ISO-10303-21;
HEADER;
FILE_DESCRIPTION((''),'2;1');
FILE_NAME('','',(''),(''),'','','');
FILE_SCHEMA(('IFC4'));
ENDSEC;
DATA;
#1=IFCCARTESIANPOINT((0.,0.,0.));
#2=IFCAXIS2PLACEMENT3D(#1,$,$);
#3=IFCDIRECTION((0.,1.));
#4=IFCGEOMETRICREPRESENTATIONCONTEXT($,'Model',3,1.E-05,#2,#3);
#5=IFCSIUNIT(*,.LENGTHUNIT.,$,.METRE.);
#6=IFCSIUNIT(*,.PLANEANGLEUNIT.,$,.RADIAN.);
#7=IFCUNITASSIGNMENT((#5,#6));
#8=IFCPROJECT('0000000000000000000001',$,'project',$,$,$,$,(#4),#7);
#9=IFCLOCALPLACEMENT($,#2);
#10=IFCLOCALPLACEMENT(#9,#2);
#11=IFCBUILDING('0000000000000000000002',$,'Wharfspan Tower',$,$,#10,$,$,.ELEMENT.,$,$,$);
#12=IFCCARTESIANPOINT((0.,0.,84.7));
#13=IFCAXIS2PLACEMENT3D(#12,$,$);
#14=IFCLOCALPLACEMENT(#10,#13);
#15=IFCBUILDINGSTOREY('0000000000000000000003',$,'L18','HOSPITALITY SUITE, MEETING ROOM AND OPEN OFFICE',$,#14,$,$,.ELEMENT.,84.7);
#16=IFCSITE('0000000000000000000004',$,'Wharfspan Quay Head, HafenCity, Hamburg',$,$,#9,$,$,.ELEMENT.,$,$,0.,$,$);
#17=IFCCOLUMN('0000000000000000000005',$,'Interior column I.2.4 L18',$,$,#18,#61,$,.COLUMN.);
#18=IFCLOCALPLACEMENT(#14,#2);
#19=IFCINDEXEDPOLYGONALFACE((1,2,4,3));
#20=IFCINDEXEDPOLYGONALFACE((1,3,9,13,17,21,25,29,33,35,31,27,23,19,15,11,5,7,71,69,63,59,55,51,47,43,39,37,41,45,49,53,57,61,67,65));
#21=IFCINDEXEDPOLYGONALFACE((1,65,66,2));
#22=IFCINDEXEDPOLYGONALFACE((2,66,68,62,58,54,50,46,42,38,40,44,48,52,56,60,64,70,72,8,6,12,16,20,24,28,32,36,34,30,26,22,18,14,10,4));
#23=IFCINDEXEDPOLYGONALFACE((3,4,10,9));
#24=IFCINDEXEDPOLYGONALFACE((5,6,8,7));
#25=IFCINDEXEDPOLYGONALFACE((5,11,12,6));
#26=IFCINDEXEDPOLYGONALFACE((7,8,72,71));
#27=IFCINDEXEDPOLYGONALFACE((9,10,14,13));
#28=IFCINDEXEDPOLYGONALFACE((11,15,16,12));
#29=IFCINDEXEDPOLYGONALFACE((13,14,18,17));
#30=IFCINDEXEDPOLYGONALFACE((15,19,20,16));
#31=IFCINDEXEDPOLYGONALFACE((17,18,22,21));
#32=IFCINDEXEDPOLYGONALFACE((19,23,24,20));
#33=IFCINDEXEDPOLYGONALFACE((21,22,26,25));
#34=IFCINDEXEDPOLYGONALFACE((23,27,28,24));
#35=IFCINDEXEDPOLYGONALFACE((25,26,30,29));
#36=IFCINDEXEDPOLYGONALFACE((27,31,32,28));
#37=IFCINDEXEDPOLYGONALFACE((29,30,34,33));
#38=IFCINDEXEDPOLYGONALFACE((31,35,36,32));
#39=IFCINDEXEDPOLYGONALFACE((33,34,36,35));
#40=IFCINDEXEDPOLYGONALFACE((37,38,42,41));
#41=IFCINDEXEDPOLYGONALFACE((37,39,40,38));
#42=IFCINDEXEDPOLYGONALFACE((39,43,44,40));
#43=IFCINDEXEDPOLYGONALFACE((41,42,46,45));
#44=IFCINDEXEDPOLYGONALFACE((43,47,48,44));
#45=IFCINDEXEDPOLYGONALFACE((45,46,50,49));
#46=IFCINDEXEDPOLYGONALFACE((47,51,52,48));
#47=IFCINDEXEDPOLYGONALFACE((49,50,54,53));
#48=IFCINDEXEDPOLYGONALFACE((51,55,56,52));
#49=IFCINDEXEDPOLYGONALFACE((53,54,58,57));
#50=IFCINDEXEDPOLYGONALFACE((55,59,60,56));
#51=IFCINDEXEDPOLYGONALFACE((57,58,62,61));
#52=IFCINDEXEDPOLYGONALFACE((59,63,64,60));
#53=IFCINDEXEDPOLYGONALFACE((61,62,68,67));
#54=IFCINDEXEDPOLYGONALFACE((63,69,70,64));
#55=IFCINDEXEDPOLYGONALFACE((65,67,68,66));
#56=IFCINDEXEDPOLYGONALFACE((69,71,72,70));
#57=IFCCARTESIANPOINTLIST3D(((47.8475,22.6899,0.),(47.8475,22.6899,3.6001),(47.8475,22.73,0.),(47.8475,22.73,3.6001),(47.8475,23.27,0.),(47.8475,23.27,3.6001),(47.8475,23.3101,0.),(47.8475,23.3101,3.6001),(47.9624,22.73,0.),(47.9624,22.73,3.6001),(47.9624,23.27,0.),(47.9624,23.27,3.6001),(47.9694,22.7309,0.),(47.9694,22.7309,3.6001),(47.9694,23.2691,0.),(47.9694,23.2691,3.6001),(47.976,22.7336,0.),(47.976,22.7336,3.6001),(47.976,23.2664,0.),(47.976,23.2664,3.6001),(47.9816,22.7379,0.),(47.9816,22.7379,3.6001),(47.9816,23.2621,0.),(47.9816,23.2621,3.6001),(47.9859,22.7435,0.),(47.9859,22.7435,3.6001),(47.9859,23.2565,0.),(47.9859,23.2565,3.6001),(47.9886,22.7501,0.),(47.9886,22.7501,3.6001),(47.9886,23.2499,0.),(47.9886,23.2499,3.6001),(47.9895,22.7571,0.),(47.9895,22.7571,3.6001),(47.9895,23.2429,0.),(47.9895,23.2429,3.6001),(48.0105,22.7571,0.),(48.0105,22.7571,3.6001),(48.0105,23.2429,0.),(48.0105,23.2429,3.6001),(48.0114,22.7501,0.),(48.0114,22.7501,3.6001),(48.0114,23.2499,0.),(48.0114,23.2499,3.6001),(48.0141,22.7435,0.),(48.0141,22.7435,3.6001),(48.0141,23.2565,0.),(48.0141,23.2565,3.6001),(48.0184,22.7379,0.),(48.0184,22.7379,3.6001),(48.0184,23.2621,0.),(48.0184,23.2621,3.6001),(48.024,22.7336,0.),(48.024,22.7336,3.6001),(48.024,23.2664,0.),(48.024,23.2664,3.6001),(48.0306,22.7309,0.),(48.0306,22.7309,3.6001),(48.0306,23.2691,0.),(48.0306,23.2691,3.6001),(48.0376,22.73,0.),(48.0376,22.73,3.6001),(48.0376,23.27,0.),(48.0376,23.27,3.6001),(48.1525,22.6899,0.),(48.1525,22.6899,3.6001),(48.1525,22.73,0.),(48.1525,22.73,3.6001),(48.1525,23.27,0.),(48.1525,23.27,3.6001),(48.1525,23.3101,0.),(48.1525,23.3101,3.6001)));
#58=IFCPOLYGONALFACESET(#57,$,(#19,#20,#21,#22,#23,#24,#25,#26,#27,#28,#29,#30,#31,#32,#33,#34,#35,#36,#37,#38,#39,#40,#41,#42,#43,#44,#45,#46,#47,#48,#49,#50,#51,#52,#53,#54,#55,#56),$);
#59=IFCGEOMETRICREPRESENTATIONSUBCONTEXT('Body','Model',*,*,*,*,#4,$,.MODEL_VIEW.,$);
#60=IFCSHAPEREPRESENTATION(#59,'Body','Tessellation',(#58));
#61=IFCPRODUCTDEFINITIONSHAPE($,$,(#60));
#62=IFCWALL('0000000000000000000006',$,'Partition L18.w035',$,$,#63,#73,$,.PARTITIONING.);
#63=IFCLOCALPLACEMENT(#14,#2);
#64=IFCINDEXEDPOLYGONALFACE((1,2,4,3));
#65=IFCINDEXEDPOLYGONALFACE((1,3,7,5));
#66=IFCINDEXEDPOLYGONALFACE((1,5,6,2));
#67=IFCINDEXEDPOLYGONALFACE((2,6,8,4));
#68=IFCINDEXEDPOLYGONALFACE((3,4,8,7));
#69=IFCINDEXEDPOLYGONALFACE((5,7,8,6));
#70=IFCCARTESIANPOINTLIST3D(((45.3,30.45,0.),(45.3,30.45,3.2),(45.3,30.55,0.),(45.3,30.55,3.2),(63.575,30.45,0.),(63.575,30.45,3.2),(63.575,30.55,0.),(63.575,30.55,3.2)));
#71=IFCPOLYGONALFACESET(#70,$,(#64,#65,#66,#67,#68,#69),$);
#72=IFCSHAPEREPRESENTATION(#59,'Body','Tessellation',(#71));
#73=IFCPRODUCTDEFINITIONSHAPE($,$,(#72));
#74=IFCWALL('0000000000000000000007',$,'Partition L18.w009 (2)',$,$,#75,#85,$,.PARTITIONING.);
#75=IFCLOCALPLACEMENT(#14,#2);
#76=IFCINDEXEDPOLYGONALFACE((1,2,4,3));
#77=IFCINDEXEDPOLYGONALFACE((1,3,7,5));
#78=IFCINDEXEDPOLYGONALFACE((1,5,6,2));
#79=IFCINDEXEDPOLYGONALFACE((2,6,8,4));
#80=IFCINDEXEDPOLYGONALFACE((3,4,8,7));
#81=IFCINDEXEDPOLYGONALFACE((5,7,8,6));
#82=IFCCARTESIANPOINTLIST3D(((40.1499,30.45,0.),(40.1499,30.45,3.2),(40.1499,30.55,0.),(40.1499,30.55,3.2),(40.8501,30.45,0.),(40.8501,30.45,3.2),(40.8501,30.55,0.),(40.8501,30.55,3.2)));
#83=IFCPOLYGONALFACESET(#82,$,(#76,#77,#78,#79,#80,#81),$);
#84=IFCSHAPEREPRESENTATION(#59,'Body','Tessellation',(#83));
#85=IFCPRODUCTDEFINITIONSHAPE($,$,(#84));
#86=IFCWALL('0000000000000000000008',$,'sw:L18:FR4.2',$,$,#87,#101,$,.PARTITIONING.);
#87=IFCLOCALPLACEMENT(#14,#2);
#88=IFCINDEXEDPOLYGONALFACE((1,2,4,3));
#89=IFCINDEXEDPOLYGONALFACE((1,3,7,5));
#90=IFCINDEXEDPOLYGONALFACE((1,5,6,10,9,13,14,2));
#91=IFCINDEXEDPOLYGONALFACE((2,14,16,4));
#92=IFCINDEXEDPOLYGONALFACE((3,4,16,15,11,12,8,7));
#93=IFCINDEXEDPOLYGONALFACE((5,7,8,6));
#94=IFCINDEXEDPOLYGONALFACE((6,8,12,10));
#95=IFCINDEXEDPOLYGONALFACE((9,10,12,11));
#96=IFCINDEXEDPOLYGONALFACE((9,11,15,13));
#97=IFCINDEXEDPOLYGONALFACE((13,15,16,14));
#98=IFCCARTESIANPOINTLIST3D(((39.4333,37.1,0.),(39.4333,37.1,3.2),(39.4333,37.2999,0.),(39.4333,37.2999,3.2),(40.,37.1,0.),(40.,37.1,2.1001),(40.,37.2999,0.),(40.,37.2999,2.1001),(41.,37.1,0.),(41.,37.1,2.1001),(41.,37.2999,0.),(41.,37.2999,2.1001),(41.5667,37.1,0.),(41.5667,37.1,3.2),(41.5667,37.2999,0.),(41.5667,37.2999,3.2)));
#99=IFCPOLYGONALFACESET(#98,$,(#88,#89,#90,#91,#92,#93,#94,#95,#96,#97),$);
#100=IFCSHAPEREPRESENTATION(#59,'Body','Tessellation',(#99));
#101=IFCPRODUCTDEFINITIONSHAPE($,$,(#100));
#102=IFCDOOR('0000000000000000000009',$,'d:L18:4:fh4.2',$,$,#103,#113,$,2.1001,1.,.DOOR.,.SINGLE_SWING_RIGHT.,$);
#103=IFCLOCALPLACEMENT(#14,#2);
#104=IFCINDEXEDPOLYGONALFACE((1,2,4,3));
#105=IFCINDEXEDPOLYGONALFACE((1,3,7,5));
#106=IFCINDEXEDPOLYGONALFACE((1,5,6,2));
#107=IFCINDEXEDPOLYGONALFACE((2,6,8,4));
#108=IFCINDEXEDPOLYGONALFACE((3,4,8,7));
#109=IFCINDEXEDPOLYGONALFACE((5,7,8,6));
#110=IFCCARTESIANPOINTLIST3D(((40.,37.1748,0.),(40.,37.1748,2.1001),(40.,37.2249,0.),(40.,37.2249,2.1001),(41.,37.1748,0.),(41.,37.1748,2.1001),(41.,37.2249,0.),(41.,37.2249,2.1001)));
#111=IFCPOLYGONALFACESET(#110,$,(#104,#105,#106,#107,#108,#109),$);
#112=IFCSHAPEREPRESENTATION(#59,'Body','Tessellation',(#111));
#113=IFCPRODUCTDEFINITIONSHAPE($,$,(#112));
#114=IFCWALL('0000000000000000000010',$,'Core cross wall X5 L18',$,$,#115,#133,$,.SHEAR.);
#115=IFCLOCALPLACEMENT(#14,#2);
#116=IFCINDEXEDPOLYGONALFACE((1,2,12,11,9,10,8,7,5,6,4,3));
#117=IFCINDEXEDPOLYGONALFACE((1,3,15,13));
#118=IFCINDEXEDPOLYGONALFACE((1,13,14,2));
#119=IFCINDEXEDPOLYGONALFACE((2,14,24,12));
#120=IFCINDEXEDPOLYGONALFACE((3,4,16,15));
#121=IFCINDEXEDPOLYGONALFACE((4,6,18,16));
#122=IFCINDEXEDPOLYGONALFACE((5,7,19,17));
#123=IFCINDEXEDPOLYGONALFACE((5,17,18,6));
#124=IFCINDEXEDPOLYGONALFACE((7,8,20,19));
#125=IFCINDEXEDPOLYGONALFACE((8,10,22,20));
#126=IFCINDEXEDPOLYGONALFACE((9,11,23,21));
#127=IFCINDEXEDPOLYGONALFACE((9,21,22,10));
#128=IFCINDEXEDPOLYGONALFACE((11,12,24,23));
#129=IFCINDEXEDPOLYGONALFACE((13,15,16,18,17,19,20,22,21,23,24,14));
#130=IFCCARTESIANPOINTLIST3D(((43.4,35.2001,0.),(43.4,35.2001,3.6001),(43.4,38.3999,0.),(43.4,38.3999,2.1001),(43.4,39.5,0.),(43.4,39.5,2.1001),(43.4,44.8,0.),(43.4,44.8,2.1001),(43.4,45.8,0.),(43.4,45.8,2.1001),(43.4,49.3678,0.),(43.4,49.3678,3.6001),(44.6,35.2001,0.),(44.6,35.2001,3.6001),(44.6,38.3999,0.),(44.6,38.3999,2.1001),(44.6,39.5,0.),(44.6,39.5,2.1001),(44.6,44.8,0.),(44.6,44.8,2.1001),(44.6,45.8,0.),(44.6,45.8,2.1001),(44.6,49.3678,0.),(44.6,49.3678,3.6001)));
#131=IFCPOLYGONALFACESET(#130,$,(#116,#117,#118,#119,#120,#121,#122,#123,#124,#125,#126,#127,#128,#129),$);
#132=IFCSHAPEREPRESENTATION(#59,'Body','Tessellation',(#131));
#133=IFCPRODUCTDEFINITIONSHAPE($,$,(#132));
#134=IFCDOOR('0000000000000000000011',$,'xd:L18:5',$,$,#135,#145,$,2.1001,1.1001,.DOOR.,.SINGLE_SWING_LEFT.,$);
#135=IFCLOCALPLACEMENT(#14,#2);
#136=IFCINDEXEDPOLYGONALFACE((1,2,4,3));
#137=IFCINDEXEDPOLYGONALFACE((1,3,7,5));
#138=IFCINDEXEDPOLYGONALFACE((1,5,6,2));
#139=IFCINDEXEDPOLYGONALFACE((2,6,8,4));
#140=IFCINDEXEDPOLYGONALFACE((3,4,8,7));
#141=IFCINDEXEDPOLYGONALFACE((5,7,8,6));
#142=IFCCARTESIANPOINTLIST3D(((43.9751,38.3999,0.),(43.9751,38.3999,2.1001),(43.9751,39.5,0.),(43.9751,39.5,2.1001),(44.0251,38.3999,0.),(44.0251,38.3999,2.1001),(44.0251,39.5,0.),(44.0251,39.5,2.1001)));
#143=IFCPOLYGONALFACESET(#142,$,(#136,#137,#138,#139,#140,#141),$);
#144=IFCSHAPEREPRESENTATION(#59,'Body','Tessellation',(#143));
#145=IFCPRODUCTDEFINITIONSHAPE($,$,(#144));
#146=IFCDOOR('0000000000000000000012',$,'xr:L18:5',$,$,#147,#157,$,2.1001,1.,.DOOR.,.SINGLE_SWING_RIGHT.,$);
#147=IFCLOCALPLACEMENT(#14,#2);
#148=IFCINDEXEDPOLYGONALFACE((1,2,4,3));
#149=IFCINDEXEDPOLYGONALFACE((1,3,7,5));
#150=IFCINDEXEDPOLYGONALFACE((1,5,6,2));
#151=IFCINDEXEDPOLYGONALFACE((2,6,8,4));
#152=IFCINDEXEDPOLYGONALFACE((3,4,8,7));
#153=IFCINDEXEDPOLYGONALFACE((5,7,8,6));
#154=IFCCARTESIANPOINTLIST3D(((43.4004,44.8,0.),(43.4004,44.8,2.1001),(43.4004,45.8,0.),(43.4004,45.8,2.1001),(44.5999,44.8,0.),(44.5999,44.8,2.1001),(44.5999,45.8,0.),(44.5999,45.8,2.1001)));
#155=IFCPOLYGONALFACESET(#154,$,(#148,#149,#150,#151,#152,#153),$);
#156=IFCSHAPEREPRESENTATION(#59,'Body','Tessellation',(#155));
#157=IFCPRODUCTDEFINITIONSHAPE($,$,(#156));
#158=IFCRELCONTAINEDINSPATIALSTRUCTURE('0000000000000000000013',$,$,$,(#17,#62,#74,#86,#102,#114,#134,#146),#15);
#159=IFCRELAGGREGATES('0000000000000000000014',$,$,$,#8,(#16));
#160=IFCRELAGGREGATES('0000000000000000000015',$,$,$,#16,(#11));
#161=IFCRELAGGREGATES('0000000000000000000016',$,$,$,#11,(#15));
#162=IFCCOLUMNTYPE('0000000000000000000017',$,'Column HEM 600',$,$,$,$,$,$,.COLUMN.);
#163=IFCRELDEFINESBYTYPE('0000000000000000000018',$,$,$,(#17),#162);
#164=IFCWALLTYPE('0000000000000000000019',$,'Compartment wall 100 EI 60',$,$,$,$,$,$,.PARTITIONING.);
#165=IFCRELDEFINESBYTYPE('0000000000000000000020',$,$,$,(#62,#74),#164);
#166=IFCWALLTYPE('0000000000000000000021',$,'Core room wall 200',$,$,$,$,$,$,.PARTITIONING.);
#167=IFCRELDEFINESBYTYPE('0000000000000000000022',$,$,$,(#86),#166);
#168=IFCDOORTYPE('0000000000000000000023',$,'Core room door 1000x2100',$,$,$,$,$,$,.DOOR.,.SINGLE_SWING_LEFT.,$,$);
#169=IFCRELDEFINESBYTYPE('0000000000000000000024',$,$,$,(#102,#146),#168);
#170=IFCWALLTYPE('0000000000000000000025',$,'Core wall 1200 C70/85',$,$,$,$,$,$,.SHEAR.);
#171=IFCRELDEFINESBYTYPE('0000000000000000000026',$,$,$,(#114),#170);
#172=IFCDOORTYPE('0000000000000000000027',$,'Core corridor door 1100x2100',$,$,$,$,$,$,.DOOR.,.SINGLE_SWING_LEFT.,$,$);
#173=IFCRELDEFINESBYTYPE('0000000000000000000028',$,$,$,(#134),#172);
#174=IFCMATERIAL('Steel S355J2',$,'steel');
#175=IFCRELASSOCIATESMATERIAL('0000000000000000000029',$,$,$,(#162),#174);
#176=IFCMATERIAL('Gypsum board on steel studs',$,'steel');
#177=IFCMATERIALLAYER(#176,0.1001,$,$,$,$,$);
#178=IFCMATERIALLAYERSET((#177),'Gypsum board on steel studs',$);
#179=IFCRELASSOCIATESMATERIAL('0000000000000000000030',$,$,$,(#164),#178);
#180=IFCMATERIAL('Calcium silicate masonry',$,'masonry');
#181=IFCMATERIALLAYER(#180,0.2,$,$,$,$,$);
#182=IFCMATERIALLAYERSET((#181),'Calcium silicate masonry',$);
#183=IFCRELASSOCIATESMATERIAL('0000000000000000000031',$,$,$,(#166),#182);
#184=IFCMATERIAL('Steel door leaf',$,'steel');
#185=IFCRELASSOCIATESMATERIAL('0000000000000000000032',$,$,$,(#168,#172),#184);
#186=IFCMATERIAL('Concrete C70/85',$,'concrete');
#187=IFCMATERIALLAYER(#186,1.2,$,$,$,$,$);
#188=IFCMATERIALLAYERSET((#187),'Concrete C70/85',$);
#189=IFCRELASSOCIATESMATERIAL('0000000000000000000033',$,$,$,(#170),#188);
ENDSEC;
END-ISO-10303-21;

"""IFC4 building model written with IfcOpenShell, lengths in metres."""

from ifc_helpers import new_model, si_unit, direction, frame, frame_2d, origin, origin_2d, place, context, subcontext, project, spatial, rectangle, i_section, extrude, material, layer, layer_set, material_profile, profile_set, type_object, element, fill, save


model = new_model("IFC4")

# Units and contexts
model_context = context("Model", 3, precision=1e-05, world=origin(), true_north=direction((0.0, 1.0)))
body_context = subcontext(model_context, "Body", "Model", "MODEL_VIEW")
ifc_project = project(units=[si_unit("LENGTHUNIT", "METRE"), si_unit("PLANEANGLEUNIT", "RADIAN")], contexts=[model_context])

# Site, building, storey
site_placement = place(None, origin())
site = spatial("IfcSite", under=ifc_project, at=site_placement, Name="Wharfspan Quay Head, HafenCity, Hamburg", CompositionType="ELEMENT", RefElevation=0.0)
building_placement = place(site_placement, origin())
building = spatial("IfcBuilding", under=site, at=building_placement, Name="Wharfspan Tower", CompositionType="ELEMENT")
storey_placement = place(building_placement, frame((0.0, 0.0, 84.7)))
storey = spatial("IfcBuildingStorey", under=building, at=storey_placement, Name="L18", Description="HOSPITALITY SUITE, MEETING ROOM AND OPEN OFFICE", CompositionType="ELEMENT", Elevation=84.7)

# Column
ifc_material_1 = material(Name="Steel S355J2", Category="steel")
ifc_material_profile = material_profile(ifc_material_1, i_section(OverallWidth=0.3049, OverallDepth=0.6201, WebThickness=0.021, FlangeThickness=0.04, FilletRadius=0.0271, at=origin_2d()))
ifc_profile_set = profile_set([ifc_material_profile], Name="Steel S355J2")
column_type = type_object("IfcColumnType", Name="Column HEM 600", PredefinedType="COLUMN", material=ifc_profile_set)
column_placement = place(storey_placement, frame((48.0, 23.0, 0.0), z_axis=(0.0, 0.0, 1.0), x_axis=(1.0, 0.0, 0.0)))
element("IfcColumn", 1, at=column_placement, inside=storey, type_object=column_type, Name="Interior column I.2.4 L18", PredefinedType="COLUMN", context=body_context, shape_type="SweptSolid", body=[
    extrude(i_section(OverallWidth=0.3049, OverallDepth=0.6201, WebThickness=0.021, FlangeThickness=0.04, FilletRadius=0.0271, at=origin_2d()), origin(), (0.0, 0.0, 1.0), 3.6001),
])

# Walls
ifc_material_2 = material(Name="Gypsum board on steel studs", Category="steel")
ifc_layer_1 = layer(ifc_material_2, 0.1001)
ifc_layer_set_1 = layer_set([ifc_layer_1], Name="Gypsum board on steel studs")
wall_type_1 = type_object("IfcWallType", Name="Compartment wall 100 EI 60", PredefinedType="PARTITIONING", material=ifc_layer_set_1)
wall_1_placement = place(storey_placement, frame((45.3, 30.5, 0.0), z_axis=(0.0, 0.0, 1.0), x_axis=(1.0, 0.0, 0.0)))
element("IfcWall", 2, at=wall_1_placement, inside=storey, type_object=wall_type_1, Name="Partition L18.w035", PredefinedType="PARTITIONING", context=body_context, shape_type="SweptSolid", body=[
    extrude(rectangle(XDim=18.2749, YDim=0.1001, at=frame_2d((9.1375, 0.0))), origin(), (0.0, 0.0, 1.0), 3.2),
])
wall_2_placement = place(storey_placement, frame((40.1499, 30.5, 0.0), z_axis=(0.0, 0.0, 1.0), x_axis=(1.0, 0.0, 0.0)))
element("IfcWall", 3, at=wall_2_placement, inside=storey, type_object=wall_type_1, Name="Partition L18.w009 (2)", PredefinedType="PARTITIONING", context=body_context, shape_type="SweptSolid", body=[
    extrude(rectangle(XDim=0.7002, YDim=0.1001, at=frame_2d((0.3501, 0.0))), origin(), (0.0, 0.0, 1.0), 3.2),
])

# Wall, opening, door
ifc_material_3 = material(Name="Calcium silicate masonry", Category="masonry")
ifc_layer_2 = layer(ifc_material_3, 0.2)
ifc_layer_set_2 = layer_set([ifc_layer_2], Name="Calcium silicate masonry")
wall_type_2 = type_object("IfcWallType", Name="Core room wall 200", PredefinedType="PARTITIONING", material=ifc_layer_set_2)
wall_3_placement = place(storey_placement, frame((39.4333, 37.2, 0.0), z_axis=(0.0, 0.0, 1.0), x_axis=(1.0, 0.0, 0.0)))
wall_3 = element("IfcWall", 4, at=wall_3_placement, inside=storey, type_object=wall_type_2, Name="sw:L18:FR4.2", PredefinedType="PARTITIONING", context=body_context, shape_type="SweptSolid", body=[
    extrude(rectangle(XDim=2.1333, YDim=0.2, at=frame_2d((1.0667, 0.0))), origin(), (0.0, 0.0, 1.0), 3.2),
])
opening_1_placement = place(wall_3_placement, frame((0.5666, 0.0, 0.0)))
opening_1 = element("IfcOpeningElement", 5, at=opening_1_placement, cuts=wall_3, PredefinedType="OPENING", context=body_context, shape_type="SweptSolid", body=[
    extrude(rectangle(XDim=1.0, YDim=2.1001, at=frame_2d((0.5, 1.05))), frame((0.0, 0.1099, 0.0), z_axis=(0.0, -1.0, 0.0), x_axis=(1.0, 0.0, 0.0)), (0.0, 0.0, 1.0), 0.22),
])
ifc_material_4 = material(Name="Steel door leaf", Category="steel")
door_type_1 = type_object("IfcDoorType", Name="Core room door 1000x2100", OperationType="SINGLE_SWING_LEFT", PredefinedType="DOOR", material=ifc_material_4)
door_1_placement = place(opening_1_placement, origin())
door_1 = element("IfcDoor", 6, at=door_1_placement, inside=storey, type_object=door_type_1, Name="d:L18:4:fh4.2", OperationType="SINGLE_SWING_RIGHT", OverallHeight=2.1001, OverallWidth=1.0, PredefinedType="DOOR", context=body_context, shape_type="SweptSolid", body=[
    extrude(rectangle(XDim=1.0, YDim=2.1001, at=frame_2d((0.5, 1.05))), frame((0.0, 0.0249, 0.0), z_axis=(0.0, -1.0, 0.0), x_axis=(1.0, 0.0, 0.0)), (0.0, 0.0, 1.0), 0.05),
])
fill(opening_1, door_1)

# Wall, openings, doors
ifc_material_5 = material(Name="Concrete C70/85", Category="concrete")
ifc_layer_3 = layer(ifc_material_5, 1.2)
ifc_layer_set_3 = layer_set([ifc_layer_3], Name="Concrete C70/85")
wall_type_3 = type_object("IfcWallType", Name="Core wall 1200 C70/85", PredefinedType="SHEAR", material=ifc_layer_set_3)
wall_4_placement = place(storey_placement, frame((44.0, 35.2, 0.0), z_axis=(0.0, 0.0, 1.0), x_axis=(0.0, 1.0, 0.0)))
wall_4 = element("IfcWall", 7, at=wall_4_placement, inside=storey, type_object=wall_type_3, Name="Core cross wall X5 L18", PredefinedType="SHEAR", context=body_context, shape_type="SweptSolid", body=[
    extrude(rectangle(XDim=14.1677, YDim=1.2, at=frame_2d((7.084, 0.0))), origin(), (0.0, 0.0, 1.0), 3.6001),
])
opening_2_placement = place(wall_4_placement, frame((3.2, 0.0, 0.0)))
opening_2 = element("IfcOpeningElement", 8, at=opening_2_placement, cuts=wall_4, PredefinedType="OPENING", context=body_context, shape_type="SweptSolid", body=[
    extrude(rectangle(XDim=1.1001, YDim=2.1001, at=frame_2d((0.55, 1.05))), frame((0.0, 0.6099, 0.0), z_axis=(0.0, -1.0, 0.0), x_axis=(1.0, 0.0, 0.0)), (0.0, 0.0, 1.0), 1.22),
])
opening_3_placement = place(wall_4_placement, frame((9.6001, 0.0, 0.0)))
opening_3 = element("IfcOpeningElement", 9, at=opening_3_placement, cuts=wall_4, PredefinedType="OPENING", context=body_context, shape_type="SweptSolid", body=[
    extrude(rectangle(XDim=1.0, YDim=2.1001, at=frame_2d((0.5, 1.05))), frame((0.0, 0.6099, 0.0), z_axis=(0.0, -1.0, 0.0), x_axis=(1.0, 0.0, 0.0)), (0.0, 0.0, 1.0), 1.22),
])
door_type_2 = type_object("IfcDoorType", Name="Core corridor door 1100x2100", OperationType="SINGLE_SWING_LEFT", PredefinedType="DOOR", material=ifc_material_4)
door_2_placement = place(opening_2_placement, origin())
door_2 = element("IfcDoor", 10, at=door_2_placement, inside=storey, type_object=door_type_2, Name="xd:L18:5", OperationType="SINGLE_SWING_LEFT", OverallHeight=2.1001, OverallWidth=1.1001, PredefinedType="DOOR", context=body_context, shape_type="SweptSolid", body=[
    extrude(rectangle(XDim=1.1001, YDim=2.1001, at=frame_2d((0.55, 1.05))), frame((0.0, 0.0249, 0.0), z_axis=(0.0, -1.0, 0.0), x_axis=(1.0, 0.0, 0.0)), (0.0, 0.0, 1.0), 0.05),
])
fill(opening_2, door_2)
door_3_placement = place(opening_3_placement, origin())
door_3 = element("IfcDoor", 11, at=door_3_placement, inside=storey, type_object=door_type_1, Name="xr:L18:5", OperationType="SINGLE_SWING_RIGHT", OverallHeight=2.1001, OverallWidth=1.0, PredefinedType="DOOR", context=body_context, shape_type="SweptSolid", body=[
    extrude(rectangle(XDim=1.0, YDim=2.1001, at=frame_2d((0.5, 1.05))), frame((0.0, 0.5996, 0.0), z_axis=(0.0, -1.0, 0.0), x_axis=(1.0, 0.0, 0.0)), (0.0, 0.0, 1.0), 1.1995),
])
fill(opening_3, door_3)

save(model, "model.ifc")
